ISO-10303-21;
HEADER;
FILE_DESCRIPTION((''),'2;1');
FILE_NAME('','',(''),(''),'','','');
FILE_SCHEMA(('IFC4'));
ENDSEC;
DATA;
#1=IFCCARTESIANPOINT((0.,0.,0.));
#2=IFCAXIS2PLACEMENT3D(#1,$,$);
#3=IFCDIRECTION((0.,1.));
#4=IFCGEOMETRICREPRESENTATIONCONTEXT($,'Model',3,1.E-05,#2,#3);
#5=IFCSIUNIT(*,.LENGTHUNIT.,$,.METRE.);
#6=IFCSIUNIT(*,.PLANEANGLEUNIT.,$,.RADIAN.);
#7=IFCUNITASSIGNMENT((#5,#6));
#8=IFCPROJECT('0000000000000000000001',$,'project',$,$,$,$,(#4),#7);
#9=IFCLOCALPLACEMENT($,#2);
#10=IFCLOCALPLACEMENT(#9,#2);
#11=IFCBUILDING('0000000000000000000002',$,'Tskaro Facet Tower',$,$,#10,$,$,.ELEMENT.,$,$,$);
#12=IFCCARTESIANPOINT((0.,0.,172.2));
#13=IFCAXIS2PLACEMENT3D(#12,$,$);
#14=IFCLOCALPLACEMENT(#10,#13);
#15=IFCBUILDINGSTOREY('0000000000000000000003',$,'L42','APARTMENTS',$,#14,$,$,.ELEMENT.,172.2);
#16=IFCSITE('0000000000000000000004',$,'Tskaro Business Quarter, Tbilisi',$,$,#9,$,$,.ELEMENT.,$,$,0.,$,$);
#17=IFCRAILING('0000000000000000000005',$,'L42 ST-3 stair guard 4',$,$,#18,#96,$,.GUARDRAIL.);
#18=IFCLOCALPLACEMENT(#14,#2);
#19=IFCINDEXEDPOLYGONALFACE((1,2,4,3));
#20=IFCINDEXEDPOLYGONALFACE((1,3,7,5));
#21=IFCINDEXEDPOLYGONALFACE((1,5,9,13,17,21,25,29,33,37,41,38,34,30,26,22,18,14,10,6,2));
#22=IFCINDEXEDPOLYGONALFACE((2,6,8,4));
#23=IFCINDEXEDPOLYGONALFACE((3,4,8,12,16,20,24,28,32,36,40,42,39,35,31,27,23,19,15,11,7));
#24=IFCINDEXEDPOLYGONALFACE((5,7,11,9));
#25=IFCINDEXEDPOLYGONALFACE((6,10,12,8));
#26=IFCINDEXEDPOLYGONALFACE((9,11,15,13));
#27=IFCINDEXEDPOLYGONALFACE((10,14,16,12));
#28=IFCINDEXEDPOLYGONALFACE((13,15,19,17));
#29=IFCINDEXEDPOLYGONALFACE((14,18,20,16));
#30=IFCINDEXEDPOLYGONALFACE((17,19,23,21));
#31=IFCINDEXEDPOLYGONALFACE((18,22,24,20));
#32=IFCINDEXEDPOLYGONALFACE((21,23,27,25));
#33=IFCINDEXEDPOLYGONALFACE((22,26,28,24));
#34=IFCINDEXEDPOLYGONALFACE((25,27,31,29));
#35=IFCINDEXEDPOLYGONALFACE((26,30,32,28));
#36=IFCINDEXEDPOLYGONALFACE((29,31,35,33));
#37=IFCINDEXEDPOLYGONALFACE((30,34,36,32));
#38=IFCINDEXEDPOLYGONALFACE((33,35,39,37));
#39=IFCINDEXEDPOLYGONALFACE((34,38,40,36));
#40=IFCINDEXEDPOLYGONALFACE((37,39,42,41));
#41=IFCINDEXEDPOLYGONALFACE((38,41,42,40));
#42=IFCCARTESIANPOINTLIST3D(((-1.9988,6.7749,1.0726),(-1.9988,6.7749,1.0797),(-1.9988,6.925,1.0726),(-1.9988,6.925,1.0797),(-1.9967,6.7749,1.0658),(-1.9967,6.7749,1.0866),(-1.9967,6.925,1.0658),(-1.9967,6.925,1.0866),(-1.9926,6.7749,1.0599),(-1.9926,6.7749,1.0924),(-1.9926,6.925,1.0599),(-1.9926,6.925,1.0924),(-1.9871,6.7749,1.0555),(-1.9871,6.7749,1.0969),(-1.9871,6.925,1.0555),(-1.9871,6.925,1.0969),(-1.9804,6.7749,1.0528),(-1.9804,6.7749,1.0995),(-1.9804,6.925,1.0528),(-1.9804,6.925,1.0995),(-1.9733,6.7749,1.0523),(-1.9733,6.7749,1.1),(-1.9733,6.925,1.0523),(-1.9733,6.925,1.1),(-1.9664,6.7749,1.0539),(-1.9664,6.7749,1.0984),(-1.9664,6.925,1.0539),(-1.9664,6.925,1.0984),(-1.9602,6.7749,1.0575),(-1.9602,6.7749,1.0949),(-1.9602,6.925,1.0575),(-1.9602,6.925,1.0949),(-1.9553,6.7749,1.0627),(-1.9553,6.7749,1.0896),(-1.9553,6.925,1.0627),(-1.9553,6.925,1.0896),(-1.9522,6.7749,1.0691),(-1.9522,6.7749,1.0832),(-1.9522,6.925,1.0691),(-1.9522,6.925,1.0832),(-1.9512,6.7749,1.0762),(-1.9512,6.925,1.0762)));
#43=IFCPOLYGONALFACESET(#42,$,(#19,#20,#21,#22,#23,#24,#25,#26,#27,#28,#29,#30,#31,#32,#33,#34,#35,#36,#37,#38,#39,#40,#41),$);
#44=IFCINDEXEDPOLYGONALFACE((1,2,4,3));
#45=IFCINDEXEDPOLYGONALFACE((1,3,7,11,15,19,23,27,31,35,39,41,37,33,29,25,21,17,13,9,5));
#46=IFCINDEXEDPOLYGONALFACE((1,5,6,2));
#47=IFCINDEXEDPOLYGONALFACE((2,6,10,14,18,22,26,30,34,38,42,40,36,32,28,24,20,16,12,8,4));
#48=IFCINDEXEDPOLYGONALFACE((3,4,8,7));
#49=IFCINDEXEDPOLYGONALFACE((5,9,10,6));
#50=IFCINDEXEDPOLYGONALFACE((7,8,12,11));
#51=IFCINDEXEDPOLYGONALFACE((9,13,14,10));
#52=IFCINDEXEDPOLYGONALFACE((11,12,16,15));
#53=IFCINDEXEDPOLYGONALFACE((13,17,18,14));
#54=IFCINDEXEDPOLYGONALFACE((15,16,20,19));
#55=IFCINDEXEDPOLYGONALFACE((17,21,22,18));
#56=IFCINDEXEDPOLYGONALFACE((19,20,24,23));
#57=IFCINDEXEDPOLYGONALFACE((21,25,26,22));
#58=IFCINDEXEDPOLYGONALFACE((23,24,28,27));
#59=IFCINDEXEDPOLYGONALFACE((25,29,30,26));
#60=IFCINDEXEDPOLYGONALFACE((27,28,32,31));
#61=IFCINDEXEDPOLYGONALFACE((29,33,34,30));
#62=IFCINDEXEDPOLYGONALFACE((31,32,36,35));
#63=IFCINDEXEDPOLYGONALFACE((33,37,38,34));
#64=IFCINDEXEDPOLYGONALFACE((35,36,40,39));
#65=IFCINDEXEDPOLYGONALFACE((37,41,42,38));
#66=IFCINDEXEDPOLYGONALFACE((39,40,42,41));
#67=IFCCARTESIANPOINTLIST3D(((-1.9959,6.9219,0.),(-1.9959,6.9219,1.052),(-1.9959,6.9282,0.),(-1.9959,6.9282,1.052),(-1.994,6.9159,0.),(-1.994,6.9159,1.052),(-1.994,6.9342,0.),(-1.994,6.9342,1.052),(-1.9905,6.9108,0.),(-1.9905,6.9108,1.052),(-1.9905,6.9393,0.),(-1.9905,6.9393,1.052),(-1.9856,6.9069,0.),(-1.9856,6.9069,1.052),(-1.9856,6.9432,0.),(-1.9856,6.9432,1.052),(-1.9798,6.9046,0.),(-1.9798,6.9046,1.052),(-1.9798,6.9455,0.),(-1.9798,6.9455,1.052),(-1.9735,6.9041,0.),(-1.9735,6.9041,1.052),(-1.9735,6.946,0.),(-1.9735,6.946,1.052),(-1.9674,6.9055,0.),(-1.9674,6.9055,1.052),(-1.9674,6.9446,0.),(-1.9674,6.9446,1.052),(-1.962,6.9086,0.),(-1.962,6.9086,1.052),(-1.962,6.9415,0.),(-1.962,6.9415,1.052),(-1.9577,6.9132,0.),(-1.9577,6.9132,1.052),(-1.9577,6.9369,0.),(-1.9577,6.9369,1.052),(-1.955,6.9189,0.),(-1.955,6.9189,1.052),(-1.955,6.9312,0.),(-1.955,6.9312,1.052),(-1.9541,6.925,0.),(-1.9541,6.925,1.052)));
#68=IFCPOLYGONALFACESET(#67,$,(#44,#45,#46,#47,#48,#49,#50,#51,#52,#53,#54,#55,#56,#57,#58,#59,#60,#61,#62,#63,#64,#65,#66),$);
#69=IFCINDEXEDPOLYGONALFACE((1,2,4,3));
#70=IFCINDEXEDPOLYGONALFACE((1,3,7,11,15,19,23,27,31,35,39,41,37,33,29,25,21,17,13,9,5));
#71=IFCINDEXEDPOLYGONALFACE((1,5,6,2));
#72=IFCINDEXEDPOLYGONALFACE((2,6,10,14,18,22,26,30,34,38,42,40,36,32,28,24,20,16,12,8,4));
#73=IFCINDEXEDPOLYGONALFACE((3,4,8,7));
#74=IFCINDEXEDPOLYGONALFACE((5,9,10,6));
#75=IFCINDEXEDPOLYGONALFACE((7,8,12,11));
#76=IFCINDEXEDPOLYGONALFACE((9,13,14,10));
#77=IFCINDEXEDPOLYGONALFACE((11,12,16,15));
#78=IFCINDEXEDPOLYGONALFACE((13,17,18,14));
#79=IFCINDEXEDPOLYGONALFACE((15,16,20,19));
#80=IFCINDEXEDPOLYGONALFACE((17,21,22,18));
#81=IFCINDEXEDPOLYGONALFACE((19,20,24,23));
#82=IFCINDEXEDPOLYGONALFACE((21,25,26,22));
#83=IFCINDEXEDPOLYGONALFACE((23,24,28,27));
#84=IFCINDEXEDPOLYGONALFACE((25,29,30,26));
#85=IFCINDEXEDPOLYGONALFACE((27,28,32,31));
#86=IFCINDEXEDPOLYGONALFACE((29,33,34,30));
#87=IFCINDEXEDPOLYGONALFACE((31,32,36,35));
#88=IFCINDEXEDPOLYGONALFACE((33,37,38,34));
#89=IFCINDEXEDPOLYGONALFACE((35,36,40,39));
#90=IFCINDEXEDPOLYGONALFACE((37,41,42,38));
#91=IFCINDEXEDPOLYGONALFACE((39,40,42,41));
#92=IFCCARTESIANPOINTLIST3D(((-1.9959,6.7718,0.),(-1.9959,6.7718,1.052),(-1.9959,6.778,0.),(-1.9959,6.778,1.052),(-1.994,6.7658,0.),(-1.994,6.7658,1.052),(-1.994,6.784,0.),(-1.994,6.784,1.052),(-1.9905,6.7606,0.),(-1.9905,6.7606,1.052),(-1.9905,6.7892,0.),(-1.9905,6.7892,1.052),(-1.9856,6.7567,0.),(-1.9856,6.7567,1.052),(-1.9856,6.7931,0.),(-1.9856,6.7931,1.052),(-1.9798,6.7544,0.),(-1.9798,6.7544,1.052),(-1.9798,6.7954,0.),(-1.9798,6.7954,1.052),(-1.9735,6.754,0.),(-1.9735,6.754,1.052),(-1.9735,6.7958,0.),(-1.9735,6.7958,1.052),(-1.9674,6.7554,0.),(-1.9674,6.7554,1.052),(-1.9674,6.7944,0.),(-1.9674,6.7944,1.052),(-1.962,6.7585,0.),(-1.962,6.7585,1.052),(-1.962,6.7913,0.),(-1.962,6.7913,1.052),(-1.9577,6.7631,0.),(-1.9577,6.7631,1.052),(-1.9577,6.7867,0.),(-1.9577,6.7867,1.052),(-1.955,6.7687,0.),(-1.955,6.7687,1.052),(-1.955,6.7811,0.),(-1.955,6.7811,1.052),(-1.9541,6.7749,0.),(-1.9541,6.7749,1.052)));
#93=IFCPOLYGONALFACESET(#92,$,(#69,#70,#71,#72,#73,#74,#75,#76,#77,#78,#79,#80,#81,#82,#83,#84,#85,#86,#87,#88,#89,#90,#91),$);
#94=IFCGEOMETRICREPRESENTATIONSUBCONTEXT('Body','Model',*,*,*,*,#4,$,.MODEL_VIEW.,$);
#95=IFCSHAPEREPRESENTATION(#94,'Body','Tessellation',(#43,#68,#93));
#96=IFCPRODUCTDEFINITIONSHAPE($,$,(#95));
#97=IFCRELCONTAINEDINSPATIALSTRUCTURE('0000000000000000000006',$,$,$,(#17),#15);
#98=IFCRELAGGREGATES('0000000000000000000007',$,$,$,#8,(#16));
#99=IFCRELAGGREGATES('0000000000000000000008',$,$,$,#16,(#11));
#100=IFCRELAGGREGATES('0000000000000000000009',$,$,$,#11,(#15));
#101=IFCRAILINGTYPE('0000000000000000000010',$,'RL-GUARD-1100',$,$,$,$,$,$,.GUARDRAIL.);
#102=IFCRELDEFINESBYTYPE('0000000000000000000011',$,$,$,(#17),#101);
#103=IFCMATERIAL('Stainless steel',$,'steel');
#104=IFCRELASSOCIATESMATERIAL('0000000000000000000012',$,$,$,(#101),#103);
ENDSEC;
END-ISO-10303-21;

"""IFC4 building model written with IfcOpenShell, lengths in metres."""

from ifc_helpers import new_model, si_unit, direction, frame, origin, origin_2d, place, context, subcontext, project, spatial, circle, extrude, material, type_object, element, save


model = new_model("IFC4")

# Units and contexts
model_context = context("Model", 3, precision=1e-05, world=origin(), true_north=direction((0.0, 1.0)))
body_context = subcontext(model_context, "Body", "Model", "MODEL_VIEW")
ifc_project = project(units=[si_unit("LENGTHUNIT", "METRE"), si_unit("PLANEANGLEUNIT", "RADIAN")], contexts=[model_context])

# Site, building, storey
site_placement = place(None, origin())
site = spatial("IfcSite", under=ifc_project, at=site_placement, Name="Tskaro Business Quarter, Tbilisi", CompositionType="ELEMENT", RefElevation=0.0)
building_placement = place(site_placement, origin())
building = spatial("IfcBuilding", under=site, at=building_placement, Name="Tskaro Facet Tower", CompositionType="ELEMENT")
storey_placement = place(building_placement, frame((0.0, 0.0, 172.2)))
storey = spatial("IfcBuildingStorey", under=building, at=storey_placement, Name="L42", Description="APARTMENTS", CompositionType="ELEMENT", Elevation=172.2)

# Railing
ifc_material_1 = material(Name="Stainless steel", Category="steel")
railing_type = type_object("IfcRailingType", Name="RL-GUARD-1100", PredefinedType="GUARDRAIL", material=ifc_material_1)
railing_1_placement = place(storey_placement, frame((-1.9751, 6.925, 0.0)))
element("IfcRailing", 1, at=railing_1_placement, inside=storey, type_object=railing_type, Name="L42 ST-3 stair guard 4", PredefinedType="GUARDRAIL", context=body_context, shape_type="SweptSolid", body=[
    extrude(circle(Radius=0.0239, at=origin_2d()), frame((0.0, 0.0, 1.0762), z_axis=(0.0, -1.0, 0.0), x_axis=(1.0, 0.0, 0.0)), (0.0, 0.0, 1.0), 0.1501),
    extrude(circle(Radius=0.021, at=origin_2d()), origin(), (0.0, 0.0, 1.0), 1.052),
    extrude(circle(Radius=0.021, at=origin_2d()), frame((0.0, -0.1501, 0.0)), (0.0, 0.0, 1.0), 1.052),
])

save(model, "model.ifc")
